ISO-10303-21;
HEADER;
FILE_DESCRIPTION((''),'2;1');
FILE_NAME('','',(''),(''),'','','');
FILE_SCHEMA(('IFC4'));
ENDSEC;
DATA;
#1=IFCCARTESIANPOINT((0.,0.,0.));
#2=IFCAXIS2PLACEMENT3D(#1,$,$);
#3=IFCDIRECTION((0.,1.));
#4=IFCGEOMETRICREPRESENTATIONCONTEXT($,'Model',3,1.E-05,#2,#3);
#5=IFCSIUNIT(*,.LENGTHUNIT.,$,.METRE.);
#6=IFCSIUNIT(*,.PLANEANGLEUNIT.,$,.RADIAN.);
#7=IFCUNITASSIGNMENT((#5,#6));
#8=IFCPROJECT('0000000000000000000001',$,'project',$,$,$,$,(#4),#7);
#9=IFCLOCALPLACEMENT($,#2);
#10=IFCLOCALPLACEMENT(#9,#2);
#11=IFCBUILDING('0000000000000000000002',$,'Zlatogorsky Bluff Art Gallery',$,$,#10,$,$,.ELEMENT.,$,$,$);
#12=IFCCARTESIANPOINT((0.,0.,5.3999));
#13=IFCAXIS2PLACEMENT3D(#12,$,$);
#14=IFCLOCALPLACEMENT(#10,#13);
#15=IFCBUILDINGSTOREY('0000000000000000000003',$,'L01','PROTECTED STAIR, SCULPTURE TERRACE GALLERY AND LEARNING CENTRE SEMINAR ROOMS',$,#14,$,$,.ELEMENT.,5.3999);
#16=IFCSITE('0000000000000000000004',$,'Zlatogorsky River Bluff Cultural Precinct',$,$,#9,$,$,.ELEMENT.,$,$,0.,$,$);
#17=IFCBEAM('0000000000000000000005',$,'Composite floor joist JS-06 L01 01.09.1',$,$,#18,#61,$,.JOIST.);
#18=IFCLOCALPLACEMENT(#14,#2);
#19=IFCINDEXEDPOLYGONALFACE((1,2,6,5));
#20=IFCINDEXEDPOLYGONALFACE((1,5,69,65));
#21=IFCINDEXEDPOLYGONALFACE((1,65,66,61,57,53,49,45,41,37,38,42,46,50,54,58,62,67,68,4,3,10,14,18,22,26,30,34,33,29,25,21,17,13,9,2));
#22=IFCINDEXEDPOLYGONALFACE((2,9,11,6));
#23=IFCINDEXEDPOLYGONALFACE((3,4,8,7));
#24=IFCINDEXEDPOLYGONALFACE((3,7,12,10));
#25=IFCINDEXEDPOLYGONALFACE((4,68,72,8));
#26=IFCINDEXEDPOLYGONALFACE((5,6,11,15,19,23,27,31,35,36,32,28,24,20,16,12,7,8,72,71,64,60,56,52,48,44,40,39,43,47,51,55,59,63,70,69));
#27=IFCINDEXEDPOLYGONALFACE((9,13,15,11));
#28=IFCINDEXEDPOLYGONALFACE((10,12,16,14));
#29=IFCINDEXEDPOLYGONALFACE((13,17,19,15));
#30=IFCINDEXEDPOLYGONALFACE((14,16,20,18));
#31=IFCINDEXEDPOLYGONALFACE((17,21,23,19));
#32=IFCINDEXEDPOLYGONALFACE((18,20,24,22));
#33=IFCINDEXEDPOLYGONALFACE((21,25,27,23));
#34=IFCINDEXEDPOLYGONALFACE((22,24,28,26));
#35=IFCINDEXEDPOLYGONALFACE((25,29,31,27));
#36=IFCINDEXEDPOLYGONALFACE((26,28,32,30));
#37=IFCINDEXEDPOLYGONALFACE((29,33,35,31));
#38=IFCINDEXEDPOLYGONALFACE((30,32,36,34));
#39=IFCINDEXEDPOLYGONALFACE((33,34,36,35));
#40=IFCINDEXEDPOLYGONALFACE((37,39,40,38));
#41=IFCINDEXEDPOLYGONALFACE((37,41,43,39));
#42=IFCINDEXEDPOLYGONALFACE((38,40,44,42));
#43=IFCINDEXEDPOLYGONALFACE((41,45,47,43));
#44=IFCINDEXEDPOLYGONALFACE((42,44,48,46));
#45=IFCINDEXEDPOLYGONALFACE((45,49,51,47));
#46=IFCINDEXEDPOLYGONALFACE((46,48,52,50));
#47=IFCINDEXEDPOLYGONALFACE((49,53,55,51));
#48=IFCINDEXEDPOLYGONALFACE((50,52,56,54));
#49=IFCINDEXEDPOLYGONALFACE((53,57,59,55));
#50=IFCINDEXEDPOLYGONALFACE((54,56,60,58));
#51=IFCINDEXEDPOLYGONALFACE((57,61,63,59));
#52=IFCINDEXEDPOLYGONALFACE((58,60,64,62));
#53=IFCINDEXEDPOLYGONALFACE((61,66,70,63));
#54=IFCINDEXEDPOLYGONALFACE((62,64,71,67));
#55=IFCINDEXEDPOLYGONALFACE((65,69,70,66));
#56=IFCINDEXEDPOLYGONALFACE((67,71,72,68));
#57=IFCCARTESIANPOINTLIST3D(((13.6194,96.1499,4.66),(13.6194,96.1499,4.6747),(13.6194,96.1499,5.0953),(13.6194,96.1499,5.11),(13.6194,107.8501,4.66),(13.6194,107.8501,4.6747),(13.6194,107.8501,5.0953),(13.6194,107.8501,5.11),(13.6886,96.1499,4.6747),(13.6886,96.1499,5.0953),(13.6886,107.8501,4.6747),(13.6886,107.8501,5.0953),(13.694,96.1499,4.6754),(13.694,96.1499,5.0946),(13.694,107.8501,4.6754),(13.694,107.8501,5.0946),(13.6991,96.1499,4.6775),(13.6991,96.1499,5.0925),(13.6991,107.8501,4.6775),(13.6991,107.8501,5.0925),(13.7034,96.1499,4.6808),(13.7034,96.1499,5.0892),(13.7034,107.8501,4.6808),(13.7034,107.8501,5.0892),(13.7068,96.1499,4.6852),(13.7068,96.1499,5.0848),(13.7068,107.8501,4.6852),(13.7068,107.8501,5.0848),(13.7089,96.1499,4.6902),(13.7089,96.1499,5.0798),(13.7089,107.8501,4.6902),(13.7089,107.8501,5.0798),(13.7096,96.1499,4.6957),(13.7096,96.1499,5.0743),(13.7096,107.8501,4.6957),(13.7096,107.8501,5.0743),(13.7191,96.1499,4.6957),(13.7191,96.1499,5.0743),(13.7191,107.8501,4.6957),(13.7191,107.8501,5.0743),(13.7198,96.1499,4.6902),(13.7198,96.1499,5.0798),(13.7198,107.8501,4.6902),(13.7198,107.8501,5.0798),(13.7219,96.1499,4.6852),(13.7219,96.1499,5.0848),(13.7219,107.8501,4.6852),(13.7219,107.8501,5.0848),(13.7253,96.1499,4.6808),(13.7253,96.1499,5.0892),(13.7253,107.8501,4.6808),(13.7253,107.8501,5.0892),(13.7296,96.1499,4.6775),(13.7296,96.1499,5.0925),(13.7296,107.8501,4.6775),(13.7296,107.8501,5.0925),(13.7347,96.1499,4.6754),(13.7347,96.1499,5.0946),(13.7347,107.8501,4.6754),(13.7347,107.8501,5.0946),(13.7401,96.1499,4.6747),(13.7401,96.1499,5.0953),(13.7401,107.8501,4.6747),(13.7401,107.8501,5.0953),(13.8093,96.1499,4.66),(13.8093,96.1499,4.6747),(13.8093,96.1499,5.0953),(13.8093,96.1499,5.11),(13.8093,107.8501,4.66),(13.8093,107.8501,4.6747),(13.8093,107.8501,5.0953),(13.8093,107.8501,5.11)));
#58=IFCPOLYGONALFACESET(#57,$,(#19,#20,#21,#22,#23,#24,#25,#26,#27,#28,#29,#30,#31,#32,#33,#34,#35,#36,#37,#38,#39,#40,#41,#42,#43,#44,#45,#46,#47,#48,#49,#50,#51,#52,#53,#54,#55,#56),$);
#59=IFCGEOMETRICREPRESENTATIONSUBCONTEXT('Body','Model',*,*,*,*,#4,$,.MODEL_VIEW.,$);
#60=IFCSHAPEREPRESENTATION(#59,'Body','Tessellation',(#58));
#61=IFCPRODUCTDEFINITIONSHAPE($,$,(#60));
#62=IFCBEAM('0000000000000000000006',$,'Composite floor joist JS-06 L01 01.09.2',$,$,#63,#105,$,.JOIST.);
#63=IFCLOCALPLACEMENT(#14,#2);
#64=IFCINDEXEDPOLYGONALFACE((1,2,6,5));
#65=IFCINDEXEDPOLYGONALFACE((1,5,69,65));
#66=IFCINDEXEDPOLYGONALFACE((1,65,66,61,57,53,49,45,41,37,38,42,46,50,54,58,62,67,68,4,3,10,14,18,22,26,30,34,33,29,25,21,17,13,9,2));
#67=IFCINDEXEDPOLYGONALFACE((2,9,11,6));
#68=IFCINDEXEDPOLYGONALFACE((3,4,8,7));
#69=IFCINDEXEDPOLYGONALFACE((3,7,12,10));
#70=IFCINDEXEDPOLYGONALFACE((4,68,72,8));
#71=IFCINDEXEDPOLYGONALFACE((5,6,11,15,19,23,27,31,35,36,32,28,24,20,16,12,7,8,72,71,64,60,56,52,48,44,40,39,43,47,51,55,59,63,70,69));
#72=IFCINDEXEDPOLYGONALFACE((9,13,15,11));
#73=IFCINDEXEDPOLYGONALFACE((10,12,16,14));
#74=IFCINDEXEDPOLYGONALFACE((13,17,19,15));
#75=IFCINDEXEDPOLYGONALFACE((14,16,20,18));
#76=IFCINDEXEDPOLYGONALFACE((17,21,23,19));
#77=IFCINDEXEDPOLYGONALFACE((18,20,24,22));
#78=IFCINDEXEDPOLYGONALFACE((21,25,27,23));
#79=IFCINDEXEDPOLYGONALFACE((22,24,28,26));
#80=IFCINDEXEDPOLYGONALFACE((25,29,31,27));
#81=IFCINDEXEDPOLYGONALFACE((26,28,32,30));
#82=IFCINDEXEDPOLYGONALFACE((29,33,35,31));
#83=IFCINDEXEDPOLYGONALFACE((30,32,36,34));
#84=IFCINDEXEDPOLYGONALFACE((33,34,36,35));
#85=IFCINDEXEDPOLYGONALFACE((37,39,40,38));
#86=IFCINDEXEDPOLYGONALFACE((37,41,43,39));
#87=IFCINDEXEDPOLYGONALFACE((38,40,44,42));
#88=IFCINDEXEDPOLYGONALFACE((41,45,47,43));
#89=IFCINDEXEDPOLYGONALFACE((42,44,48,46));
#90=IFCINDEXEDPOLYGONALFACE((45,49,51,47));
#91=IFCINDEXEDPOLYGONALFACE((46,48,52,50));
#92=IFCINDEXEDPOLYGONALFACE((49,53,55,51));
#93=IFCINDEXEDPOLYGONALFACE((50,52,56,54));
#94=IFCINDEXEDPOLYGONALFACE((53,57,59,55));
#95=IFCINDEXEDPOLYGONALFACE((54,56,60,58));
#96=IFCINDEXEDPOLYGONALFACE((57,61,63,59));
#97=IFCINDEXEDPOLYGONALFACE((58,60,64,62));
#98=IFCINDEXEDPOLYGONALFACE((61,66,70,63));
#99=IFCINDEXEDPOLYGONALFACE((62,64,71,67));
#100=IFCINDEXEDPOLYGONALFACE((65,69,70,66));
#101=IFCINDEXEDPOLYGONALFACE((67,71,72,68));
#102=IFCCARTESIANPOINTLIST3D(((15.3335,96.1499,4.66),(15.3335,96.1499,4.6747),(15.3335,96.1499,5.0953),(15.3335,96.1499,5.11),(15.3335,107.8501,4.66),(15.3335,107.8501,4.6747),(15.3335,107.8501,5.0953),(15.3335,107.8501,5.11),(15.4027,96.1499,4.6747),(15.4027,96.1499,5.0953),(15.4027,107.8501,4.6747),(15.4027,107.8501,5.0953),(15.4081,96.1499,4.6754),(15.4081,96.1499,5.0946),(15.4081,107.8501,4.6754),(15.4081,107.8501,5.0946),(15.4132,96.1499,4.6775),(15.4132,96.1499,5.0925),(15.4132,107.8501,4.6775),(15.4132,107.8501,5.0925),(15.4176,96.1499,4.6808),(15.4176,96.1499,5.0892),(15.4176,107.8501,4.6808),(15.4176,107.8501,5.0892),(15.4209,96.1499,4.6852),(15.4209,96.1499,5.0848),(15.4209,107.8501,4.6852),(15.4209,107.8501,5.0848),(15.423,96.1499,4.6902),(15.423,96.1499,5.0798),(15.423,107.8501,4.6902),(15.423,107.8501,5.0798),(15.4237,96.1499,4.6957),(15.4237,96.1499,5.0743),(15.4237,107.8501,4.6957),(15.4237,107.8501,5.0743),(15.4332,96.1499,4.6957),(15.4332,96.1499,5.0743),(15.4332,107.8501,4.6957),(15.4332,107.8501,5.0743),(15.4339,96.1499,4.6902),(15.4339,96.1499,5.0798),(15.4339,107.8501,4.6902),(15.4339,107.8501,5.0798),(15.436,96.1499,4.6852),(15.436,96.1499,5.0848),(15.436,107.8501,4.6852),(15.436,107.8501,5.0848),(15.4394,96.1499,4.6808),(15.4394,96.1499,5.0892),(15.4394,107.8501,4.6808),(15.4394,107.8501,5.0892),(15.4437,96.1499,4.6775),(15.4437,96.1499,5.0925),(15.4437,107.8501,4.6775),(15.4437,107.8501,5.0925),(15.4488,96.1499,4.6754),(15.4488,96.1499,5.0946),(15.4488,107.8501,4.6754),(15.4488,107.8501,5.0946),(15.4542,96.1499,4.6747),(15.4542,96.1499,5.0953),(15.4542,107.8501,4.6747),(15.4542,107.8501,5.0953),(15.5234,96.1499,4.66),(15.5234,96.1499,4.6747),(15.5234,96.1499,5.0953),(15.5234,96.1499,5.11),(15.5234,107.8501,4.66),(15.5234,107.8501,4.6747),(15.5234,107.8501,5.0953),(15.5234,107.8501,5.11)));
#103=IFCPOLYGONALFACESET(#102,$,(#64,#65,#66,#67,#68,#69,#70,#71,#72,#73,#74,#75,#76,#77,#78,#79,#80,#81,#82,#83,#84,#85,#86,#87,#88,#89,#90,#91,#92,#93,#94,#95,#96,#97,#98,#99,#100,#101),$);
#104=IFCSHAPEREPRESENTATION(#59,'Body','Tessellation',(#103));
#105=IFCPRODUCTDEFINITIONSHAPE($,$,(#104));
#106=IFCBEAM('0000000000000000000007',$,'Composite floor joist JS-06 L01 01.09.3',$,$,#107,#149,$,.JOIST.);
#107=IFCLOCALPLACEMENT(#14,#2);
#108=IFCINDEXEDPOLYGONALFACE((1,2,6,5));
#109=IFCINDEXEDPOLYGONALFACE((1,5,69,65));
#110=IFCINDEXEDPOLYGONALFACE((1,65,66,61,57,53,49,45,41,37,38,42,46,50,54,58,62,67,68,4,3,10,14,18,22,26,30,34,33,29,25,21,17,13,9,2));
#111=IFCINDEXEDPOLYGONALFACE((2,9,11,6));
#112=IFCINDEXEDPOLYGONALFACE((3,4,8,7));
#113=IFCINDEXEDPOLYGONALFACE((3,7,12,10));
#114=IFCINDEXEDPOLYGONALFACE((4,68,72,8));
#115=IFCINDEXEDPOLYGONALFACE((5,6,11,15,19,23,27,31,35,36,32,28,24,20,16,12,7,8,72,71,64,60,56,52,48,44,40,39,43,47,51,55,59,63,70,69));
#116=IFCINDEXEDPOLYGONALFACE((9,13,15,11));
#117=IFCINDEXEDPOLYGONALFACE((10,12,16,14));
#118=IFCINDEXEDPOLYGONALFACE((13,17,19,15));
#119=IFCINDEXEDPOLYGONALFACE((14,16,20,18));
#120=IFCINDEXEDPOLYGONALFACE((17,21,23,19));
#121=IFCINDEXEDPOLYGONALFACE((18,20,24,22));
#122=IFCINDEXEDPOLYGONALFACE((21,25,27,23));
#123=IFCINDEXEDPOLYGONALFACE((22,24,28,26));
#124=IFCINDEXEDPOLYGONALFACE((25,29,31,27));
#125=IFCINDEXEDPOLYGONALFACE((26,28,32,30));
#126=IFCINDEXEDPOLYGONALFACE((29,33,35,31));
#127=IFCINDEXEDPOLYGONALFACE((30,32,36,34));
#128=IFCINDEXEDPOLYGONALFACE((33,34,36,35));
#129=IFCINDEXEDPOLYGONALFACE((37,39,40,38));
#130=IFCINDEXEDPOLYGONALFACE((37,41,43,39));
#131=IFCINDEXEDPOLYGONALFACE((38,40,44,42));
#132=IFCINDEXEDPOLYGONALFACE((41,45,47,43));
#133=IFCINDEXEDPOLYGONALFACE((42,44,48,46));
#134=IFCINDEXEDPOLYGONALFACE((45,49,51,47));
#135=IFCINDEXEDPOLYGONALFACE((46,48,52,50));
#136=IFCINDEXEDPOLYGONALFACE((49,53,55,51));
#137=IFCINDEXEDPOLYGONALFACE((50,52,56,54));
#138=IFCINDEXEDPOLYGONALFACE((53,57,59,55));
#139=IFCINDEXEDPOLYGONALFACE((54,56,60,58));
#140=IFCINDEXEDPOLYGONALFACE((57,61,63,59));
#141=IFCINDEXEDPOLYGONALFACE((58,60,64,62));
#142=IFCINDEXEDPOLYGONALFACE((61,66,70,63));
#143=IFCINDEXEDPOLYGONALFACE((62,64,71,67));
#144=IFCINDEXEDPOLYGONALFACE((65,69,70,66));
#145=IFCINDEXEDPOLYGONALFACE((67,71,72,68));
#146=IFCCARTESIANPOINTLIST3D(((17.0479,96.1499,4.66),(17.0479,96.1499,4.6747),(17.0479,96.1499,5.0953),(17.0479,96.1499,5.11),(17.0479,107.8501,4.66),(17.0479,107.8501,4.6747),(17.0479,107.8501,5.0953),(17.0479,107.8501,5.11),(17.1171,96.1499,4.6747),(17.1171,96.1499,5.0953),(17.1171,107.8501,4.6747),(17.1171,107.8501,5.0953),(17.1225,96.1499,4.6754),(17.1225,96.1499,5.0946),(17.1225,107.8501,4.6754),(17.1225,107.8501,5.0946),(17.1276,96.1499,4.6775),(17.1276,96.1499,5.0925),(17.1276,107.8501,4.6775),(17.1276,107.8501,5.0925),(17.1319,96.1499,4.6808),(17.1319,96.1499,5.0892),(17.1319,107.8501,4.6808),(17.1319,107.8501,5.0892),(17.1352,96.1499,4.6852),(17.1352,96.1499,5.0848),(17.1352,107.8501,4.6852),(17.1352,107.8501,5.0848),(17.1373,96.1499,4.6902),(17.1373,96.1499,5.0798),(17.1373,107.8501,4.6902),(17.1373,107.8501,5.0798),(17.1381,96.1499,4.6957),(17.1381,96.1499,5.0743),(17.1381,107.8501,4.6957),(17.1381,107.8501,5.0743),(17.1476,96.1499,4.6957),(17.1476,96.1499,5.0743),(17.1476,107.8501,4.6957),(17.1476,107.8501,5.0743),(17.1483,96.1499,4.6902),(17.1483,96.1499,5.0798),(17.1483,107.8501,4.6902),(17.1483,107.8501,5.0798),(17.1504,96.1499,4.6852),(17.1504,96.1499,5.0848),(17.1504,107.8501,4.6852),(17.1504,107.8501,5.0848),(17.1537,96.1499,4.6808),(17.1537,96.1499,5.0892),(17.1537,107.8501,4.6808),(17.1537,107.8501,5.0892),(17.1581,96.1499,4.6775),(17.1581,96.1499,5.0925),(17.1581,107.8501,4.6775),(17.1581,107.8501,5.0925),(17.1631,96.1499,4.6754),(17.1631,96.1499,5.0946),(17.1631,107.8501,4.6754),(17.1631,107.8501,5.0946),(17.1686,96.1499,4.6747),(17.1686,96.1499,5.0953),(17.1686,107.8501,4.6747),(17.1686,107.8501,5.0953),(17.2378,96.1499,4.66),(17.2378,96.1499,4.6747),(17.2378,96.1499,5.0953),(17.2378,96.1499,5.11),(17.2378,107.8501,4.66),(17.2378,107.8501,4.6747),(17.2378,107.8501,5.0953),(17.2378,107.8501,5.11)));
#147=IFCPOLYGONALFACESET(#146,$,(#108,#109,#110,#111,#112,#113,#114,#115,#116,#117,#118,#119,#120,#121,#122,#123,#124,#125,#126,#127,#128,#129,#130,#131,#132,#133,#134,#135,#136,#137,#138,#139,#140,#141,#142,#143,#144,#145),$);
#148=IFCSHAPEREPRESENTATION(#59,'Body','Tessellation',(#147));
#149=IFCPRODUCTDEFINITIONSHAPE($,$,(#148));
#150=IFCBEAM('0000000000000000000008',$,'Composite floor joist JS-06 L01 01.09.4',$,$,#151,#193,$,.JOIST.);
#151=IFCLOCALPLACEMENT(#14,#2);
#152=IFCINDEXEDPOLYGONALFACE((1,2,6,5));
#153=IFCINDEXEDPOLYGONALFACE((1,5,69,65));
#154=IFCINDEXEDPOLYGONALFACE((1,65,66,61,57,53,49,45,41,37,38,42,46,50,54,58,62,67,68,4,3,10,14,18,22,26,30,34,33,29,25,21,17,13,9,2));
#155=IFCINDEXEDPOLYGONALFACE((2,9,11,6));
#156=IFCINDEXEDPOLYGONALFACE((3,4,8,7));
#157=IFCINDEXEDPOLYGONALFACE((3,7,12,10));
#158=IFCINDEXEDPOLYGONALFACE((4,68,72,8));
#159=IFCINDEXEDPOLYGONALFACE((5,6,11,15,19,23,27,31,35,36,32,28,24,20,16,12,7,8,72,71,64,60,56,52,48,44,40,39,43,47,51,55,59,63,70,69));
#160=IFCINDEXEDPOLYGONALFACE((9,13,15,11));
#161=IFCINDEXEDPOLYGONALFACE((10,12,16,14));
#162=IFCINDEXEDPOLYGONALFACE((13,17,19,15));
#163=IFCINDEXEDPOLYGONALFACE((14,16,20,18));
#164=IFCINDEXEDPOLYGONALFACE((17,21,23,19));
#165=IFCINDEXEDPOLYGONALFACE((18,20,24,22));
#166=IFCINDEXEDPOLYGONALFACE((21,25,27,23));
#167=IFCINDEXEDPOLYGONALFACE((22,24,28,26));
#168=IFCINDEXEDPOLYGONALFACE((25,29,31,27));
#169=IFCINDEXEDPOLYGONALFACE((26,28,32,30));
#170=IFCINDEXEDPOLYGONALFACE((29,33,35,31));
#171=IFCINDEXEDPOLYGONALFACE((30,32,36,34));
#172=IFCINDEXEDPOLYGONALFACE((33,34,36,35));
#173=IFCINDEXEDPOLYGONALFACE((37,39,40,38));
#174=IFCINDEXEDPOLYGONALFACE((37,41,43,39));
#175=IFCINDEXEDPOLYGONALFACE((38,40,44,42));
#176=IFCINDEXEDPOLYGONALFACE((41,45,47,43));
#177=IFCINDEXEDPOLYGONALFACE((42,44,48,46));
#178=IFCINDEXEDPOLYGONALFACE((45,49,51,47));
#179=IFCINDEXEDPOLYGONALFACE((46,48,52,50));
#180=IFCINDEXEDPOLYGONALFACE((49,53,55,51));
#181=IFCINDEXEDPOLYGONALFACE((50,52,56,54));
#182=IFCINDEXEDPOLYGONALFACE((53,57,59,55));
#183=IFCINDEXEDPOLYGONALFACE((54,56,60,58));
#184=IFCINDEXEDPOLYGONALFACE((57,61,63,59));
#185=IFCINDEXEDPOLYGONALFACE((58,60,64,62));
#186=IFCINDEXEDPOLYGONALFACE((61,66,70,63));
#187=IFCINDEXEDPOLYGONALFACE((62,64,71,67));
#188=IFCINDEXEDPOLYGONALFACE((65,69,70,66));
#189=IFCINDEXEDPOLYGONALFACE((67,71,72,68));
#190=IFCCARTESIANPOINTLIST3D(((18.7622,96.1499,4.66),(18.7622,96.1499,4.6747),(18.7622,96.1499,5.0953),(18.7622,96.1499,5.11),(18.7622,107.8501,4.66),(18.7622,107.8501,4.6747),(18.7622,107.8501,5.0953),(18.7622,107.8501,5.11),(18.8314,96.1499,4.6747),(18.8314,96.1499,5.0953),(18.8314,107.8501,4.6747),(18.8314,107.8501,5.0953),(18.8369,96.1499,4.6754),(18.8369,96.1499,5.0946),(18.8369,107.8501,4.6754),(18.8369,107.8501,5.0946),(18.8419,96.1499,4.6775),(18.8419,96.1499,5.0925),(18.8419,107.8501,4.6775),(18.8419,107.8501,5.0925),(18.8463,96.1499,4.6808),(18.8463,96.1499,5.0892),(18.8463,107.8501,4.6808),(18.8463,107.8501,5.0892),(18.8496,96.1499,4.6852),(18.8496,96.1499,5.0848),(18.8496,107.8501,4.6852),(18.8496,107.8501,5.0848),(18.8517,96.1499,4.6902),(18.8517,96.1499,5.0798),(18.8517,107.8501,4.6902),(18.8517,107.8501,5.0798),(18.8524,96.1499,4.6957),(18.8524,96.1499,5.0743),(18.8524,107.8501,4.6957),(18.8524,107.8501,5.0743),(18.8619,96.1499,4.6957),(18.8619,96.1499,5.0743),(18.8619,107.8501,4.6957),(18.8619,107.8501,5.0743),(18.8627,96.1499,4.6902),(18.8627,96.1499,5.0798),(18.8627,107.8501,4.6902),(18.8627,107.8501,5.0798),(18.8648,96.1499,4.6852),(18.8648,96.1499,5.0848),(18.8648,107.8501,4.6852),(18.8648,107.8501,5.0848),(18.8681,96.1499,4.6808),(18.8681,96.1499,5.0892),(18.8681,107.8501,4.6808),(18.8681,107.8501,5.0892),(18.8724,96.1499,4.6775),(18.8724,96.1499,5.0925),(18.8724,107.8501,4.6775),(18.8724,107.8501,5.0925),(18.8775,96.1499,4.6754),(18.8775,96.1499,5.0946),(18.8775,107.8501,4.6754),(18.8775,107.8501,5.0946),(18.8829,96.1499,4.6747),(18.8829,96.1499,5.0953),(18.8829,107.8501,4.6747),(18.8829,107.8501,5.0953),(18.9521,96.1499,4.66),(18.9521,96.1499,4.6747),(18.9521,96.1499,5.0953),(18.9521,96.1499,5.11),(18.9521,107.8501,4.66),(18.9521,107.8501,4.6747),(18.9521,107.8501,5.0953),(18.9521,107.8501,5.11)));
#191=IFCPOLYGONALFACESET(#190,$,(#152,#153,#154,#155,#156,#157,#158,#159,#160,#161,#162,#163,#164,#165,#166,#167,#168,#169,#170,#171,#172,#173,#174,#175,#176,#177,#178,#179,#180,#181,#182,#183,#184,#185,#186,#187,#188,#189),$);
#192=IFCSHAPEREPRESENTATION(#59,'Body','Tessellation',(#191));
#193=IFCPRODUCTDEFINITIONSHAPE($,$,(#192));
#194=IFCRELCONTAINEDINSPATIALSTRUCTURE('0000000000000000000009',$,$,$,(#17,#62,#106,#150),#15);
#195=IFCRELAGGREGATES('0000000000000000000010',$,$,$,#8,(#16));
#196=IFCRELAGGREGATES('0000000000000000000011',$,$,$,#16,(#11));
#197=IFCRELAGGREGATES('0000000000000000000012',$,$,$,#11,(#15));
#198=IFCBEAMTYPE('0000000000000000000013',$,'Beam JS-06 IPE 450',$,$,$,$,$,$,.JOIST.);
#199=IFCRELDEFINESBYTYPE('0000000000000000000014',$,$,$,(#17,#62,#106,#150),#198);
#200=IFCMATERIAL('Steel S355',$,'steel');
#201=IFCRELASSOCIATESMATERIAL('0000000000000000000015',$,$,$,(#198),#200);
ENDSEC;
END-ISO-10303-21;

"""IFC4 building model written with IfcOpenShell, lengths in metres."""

from ifc_helpers import new_model, si_unit, direction, frame, origin, origin_2d, place, context, subcontext, project, spatial, i_section, extrude, material, material_profile, profile_set, type_object, element, save


model = new_model("IFC4")

# Units and contexts
model_context = context("Model", 3, precision=1e-05, world=origin(), true_north=direction((0.0, 1.0)))
body_context = subcontext(model_context, "Body", "Model", "MODEL_VIEW")
ifc_project = project(units=[si_unit("LENGTHUNIT", "METRE"), si_unit("PLANEANGLEUNIT", "RADIAN")], contexts=[model_context])

# Site, building, storey
site_placement = place(None, origin())
site = spatial("IfcSite", under=ifc_project, at=site_placement, Name="Zlatogorsky River Bluff Cultural Precinct", CompositionType="ELEMENT", RefElevation=0.0)
building_placement = place(site_placement, origin())
building = spatial("IfcBuilding", under=site, at=building_placement, Name="Zlatogorsky Bluff Art Gallery", CompositionType="ELEMENT")
storey_placement = place(building_placement, frame((0.0, 0.0, 5.3999)))
storey = spatial("IfcBuildingStorey", under=building, at=storey_placement, Name="L01", Description="PROTECTED STAIR, SCULPTURE TERRACE GALLERY AND LEARNING CENTRE SEMINAR ROOMS", CompositionType="ELEMENT", Elevation=5.3999)

# Shared definitions
ifc_material_1 = material(Name="Steel S355", Category="steel")

# Beams
ifc_material_profile_1 = material_profile(ifc_material_1, i_section(OverallWidth=0.1899, OverallDepth=0.45, WebThickness=0.0095, FlangeThickness=0.0146, FilletRadius=0.021, at=origin_2d()), Name="IPE 450")
ifc_profile_set_1 = profile_set([ifc_material_profile_1], Name="Steel S355")
beam_type_1 = type_object("IfcBeamType", Name="Beam JS-06 IPE 450", PredefinedType="JOIST", material=ifc_profile_set_1)
for number, where, z_axis, x_axis, name in (
    (1, (13.7144, 96.1499, 4.885), (0.0, 1.0, 0.0), (-1.0, 0.0, 0.0), "Composite floor joist JS-06 L01 01.09.1"),
    (2, (15.4285, 96.1499, 4.885), (0.0, 1.0, 0.0), (-1.0, 0.0, 0.0), "Composite floor joist JS-06 L01 01.09.2"),
    (3, (17.1428, 96.1499, 4.885), (0.0, 1.0, 0.0), (-1.0, 0.0, 0.0), "Composite floor joist JS-06 L01 01.09.3"),
    (4, (18.8572, 96.1499, 4.885), (0.0, 1.0, 0.0), (-1.0, 0.0, 0.0), "Composite floor joist JS-06 L01 01.09.4"),
):
    element("IfcBeam", number, at=place(storey_placement, frame(where, z_axis=z_axis, x_axis=x_axis)), inside=storey, type_object=beam_type_1, Name=name, PredefinedType="JOIST", context=body_context, shape_type="SweptSolid", body=[
        extrude(i_section(OverallWidth=0.1899, OverallDepth=0.45, WebThickness=0.0095, FlangeThickness=0.0146, FilletRadius=0.021, at=origin_2d()), origin(), (0.0, 0.0, 1.0), 11.7002),
    ])

save(model, "model.ifc")
